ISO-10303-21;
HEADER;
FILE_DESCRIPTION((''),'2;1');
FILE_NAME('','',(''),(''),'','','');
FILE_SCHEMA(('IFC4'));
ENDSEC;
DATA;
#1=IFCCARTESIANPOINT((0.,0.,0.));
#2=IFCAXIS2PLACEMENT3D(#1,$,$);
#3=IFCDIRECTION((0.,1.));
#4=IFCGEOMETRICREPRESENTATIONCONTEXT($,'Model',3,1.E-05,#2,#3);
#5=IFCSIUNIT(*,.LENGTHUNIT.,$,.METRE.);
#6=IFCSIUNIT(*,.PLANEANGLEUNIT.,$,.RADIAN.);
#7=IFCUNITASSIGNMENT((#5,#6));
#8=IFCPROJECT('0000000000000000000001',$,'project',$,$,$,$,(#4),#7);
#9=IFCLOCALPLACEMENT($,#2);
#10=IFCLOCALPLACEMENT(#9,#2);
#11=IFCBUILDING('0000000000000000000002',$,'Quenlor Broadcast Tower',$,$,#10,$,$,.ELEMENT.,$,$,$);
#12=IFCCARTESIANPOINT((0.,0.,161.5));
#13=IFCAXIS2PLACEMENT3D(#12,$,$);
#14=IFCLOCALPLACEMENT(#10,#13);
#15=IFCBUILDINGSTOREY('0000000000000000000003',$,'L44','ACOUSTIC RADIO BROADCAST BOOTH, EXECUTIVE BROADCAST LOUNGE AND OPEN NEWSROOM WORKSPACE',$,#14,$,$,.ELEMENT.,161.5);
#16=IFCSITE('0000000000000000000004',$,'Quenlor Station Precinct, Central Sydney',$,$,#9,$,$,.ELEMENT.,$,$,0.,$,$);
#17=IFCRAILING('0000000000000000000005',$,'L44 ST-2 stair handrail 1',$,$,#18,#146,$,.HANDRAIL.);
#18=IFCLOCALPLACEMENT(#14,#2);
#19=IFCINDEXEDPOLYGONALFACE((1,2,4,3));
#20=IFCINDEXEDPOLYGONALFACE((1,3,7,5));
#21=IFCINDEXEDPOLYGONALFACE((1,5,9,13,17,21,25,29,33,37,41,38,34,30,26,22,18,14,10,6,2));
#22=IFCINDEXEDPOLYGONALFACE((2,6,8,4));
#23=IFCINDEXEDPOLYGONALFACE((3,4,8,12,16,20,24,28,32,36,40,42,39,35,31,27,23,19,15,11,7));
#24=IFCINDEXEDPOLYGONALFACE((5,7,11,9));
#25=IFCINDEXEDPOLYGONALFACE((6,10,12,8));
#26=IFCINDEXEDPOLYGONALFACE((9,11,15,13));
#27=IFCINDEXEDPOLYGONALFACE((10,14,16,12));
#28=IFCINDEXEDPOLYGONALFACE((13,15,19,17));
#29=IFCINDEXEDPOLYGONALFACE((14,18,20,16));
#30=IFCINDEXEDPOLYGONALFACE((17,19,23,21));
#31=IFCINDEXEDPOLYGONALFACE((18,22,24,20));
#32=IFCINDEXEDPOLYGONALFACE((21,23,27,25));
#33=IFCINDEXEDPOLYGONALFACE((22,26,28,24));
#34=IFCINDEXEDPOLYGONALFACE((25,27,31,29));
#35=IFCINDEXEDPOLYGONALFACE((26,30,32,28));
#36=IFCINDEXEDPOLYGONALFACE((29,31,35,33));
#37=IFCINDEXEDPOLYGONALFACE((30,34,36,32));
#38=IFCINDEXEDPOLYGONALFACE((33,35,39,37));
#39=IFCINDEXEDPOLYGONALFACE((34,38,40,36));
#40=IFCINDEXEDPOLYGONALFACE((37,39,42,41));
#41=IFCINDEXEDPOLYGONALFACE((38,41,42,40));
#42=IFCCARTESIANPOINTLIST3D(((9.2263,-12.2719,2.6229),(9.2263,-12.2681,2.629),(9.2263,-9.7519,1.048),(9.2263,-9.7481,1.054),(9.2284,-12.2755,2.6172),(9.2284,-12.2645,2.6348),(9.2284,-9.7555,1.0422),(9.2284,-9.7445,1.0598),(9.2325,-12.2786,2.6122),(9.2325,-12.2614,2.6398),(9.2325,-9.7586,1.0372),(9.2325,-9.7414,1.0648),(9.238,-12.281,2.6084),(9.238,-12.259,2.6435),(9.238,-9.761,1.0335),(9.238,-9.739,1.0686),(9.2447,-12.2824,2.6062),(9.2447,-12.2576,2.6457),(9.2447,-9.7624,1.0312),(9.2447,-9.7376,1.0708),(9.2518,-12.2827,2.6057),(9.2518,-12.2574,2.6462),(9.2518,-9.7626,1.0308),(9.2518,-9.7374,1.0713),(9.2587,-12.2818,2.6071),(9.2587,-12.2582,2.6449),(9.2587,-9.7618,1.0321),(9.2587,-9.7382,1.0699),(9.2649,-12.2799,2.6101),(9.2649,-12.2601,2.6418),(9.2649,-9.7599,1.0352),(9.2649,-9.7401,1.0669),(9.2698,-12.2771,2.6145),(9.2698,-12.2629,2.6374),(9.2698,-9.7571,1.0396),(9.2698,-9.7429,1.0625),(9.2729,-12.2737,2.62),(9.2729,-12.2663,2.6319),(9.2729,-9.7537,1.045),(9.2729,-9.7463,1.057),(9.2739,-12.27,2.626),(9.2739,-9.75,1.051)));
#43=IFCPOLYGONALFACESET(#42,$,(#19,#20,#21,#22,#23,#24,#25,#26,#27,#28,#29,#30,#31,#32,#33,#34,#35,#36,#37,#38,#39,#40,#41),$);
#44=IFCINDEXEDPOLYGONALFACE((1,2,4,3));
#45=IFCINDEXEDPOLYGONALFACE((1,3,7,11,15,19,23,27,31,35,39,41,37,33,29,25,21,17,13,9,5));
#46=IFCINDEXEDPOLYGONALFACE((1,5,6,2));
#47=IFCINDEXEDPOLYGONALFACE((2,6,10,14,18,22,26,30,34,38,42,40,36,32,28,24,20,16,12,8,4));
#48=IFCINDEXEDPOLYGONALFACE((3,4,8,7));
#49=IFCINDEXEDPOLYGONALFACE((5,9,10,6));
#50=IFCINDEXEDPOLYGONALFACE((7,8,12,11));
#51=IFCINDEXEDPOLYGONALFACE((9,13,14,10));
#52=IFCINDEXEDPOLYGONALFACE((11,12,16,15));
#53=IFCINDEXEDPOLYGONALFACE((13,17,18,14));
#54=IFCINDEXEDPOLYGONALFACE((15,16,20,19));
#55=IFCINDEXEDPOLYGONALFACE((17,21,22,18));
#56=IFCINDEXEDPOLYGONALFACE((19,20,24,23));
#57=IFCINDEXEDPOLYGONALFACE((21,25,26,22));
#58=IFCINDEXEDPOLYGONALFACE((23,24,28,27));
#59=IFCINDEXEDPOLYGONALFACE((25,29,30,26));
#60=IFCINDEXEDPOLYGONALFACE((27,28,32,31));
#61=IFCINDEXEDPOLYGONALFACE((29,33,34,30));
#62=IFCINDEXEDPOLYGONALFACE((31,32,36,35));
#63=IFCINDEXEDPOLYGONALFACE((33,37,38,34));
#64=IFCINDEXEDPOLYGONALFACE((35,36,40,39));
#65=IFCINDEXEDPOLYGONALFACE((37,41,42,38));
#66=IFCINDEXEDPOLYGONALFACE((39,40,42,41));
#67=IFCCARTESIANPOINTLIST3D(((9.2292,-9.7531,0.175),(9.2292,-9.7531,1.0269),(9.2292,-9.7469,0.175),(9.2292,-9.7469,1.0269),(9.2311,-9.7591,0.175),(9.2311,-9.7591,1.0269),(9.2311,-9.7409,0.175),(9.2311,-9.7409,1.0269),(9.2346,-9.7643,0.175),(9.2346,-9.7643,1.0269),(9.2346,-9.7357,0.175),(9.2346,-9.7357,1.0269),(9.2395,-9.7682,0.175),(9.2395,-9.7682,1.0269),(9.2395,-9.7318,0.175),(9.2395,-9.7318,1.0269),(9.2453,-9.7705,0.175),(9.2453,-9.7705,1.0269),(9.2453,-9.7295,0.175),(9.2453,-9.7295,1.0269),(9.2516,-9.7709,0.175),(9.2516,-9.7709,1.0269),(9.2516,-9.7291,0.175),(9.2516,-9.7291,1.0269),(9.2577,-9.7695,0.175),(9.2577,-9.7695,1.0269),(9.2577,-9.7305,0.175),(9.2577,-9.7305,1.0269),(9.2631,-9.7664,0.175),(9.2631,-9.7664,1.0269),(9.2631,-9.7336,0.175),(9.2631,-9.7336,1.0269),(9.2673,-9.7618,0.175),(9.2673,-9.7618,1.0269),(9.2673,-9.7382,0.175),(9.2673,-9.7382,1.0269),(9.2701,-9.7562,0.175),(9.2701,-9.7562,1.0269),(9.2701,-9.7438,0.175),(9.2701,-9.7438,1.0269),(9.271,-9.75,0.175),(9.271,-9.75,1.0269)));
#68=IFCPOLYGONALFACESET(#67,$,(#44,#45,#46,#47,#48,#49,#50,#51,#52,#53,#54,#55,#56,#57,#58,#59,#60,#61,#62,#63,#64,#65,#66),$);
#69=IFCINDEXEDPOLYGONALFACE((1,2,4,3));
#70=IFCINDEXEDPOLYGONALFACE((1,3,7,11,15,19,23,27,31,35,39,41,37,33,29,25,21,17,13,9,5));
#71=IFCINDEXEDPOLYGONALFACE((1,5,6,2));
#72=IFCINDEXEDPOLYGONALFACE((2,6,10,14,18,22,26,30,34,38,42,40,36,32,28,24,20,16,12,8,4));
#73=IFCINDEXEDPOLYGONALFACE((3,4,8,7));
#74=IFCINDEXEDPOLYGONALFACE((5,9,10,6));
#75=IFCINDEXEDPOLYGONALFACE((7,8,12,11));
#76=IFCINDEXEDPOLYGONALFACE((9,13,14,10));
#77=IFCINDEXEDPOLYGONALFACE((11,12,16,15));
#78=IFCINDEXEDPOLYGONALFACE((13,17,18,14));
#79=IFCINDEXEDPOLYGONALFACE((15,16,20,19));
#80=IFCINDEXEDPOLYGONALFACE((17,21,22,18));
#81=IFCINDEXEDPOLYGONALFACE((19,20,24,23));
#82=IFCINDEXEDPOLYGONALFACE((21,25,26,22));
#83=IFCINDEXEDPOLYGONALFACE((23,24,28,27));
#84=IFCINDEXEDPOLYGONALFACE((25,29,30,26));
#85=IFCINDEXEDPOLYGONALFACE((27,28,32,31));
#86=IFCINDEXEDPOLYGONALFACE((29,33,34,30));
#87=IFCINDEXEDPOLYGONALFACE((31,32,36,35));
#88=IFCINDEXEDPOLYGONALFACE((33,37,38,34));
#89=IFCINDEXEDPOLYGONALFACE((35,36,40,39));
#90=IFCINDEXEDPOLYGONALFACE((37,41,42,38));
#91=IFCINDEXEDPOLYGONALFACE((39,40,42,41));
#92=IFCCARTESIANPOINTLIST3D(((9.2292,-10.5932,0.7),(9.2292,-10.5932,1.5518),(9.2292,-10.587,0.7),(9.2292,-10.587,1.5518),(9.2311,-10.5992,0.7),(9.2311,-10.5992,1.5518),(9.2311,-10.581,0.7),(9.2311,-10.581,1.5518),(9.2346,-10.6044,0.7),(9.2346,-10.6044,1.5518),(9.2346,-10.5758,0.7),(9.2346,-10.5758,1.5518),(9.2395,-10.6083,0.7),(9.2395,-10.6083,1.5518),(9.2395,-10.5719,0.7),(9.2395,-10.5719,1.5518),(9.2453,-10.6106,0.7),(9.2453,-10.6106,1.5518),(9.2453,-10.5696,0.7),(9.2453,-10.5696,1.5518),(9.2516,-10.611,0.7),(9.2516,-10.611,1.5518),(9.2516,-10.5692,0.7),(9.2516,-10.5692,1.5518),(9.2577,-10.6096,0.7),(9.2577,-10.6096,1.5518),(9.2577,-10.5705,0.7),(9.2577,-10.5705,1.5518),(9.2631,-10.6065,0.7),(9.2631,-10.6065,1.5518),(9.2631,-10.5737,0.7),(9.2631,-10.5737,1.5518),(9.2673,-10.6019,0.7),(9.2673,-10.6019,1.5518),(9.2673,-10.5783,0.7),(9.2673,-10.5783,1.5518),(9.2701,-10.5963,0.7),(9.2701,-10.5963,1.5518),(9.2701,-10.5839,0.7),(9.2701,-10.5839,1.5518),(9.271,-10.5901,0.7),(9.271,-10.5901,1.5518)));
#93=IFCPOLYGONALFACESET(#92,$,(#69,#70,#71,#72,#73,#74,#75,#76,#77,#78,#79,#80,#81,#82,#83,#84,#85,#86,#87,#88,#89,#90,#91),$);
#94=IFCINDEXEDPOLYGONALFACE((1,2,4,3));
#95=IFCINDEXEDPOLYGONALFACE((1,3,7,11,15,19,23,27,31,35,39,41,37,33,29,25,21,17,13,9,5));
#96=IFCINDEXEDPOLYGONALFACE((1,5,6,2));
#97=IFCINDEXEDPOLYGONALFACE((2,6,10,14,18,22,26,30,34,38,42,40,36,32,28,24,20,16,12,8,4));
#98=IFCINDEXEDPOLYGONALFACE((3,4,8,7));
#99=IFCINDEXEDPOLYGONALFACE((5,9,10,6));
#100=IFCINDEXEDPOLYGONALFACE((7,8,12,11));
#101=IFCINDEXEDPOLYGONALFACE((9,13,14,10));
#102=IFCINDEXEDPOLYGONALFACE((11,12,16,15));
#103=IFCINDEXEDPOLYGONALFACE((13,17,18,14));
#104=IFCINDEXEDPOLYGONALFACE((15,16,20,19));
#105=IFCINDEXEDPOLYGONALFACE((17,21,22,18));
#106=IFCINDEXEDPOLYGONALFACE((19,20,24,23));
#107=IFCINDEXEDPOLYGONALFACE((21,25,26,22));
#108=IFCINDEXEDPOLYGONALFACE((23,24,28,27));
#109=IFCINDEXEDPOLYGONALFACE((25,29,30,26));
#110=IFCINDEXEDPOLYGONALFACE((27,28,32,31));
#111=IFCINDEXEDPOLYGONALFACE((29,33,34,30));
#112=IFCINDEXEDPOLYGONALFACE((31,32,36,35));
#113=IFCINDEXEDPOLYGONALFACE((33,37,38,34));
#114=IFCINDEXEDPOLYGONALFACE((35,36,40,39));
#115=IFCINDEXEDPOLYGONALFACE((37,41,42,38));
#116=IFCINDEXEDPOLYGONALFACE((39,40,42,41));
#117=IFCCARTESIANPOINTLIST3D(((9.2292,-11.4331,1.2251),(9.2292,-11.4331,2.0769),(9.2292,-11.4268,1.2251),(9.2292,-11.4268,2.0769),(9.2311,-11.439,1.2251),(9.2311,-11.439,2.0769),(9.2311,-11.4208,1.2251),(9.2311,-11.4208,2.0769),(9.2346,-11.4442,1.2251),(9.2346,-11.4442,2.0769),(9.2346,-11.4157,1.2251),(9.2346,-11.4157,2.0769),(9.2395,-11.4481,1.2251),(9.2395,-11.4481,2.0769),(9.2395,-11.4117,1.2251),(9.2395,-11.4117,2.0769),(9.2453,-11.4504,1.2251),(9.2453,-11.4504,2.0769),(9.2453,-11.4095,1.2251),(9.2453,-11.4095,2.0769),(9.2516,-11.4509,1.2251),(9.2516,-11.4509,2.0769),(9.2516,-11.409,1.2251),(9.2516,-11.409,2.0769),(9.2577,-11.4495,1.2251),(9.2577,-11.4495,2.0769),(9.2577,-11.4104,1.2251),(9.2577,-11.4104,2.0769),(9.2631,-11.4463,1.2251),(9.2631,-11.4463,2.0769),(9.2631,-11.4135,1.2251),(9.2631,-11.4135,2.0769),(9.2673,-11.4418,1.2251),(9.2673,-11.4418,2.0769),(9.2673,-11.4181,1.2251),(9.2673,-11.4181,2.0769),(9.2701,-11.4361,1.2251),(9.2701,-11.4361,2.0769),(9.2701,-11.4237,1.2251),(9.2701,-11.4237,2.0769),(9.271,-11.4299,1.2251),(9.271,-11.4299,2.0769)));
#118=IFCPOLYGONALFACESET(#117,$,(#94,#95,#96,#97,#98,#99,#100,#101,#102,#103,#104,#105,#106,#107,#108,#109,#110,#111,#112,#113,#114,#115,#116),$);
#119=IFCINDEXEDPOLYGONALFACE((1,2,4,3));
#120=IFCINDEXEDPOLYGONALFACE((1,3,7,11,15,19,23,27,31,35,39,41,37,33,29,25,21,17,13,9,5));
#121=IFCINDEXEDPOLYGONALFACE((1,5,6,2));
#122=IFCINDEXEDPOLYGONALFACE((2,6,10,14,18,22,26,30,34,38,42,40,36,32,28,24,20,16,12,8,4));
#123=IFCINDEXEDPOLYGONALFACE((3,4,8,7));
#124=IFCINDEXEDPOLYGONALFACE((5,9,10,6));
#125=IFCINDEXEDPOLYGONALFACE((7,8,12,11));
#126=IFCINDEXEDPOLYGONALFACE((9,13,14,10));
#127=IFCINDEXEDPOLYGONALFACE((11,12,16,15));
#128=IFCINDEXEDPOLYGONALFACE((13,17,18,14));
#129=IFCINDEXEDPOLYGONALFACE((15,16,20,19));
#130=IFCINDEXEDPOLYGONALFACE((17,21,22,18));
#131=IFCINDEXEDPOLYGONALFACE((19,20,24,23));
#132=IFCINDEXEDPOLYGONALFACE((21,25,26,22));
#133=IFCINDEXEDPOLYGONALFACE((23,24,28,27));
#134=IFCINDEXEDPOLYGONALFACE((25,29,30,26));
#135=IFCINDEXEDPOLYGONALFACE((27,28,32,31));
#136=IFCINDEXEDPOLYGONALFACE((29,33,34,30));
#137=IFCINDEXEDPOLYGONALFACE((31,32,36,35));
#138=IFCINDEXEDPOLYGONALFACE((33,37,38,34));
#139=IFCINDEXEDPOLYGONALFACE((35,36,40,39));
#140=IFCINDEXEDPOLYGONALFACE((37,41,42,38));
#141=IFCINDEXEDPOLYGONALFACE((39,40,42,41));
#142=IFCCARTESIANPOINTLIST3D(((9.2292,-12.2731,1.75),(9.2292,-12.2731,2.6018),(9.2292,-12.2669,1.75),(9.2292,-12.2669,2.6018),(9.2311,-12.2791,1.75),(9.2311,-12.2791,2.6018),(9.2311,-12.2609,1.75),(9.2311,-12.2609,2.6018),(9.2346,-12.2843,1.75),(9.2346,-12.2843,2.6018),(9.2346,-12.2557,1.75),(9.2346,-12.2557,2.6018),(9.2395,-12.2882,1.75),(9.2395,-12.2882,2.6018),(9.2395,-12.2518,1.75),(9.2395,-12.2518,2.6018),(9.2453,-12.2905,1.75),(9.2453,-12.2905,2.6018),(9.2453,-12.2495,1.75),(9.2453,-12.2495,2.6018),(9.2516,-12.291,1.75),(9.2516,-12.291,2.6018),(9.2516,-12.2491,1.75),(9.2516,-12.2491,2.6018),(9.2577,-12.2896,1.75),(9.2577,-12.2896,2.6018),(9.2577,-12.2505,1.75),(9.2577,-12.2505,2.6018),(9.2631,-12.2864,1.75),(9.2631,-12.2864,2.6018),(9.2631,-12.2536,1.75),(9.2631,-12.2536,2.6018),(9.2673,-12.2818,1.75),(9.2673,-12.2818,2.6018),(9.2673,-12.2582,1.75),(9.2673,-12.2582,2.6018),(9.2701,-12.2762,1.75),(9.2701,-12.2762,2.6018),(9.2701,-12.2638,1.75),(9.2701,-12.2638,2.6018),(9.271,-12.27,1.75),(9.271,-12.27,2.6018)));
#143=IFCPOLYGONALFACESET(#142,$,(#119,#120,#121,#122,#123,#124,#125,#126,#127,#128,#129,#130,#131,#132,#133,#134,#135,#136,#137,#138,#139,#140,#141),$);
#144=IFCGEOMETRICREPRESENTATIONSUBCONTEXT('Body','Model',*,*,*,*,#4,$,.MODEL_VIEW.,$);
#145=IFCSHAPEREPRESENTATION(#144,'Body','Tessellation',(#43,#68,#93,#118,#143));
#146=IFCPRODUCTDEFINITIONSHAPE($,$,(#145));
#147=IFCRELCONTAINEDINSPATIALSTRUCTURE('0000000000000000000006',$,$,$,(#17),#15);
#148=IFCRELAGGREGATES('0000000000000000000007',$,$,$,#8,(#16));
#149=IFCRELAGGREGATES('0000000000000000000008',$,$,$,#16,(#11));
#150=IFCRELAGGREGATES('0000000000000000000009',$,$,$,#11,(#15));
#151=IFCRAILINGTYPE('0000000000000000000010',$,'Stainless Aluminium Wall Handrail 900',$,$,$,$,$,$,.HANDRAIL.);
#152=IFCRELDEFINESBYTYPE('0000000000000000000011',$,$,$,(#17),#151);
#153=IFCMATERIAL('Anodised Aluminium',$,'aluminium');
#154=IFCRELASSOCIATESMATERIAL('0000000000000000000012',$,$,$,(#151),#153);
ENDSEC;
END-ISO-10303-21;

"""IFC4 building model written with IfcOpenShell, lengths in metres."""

from ifc_helpers import new_model, si_unit, direction, frame, origin, origin_2d, place, context, subcontext, project, spatial, circle, extrude, material, type_object, element, save


model = new_model("IFC4")

# Units and contexts
model_context = context("Model", 3, precision=1e-05, world=origin(), true_north=direction((0.0, 1.0)))
body_context = subcontext(model_context, "Body", "Model", "MODEL_VIEW")
ifc_project = project(units=[si_unit("LENGTHUNIT", "METRE"), si_unit("PLANEANGLEUNIT", "RADIAN")], contexts=[model_context])

# Site, building, storey
site_placement = place(None, origin())
site = spatial("IfcSite", under=ifc_project, at=site_placement, Name="Quenlor Station Precinct, Central Sydney", CompositionType="ELEMENT", RefElevation=0.0)
building_placement = place(site_placement, origin())
building = spatial("IfcBuilding", under=site, at=building_placement, Name="Quenlor Broadcast Tower", CompositionType="ELEMENT")
storey_placement = place(building_placement, frame((0.0, 0.0, 161.5)))
storey = spatial("IfcBuildingStorey", under=building, at=storey_placement, Name="L44", Description="ACOUSTIC RADIO BROADCAST BOOTH, EXECUTIVE BROADCAST LOUNGE AND OPEN NEWSROOM WORKSPACE", CompositionType="ELEMENT", Elevation=161.5)

# Railing
ifc_material_1 = material(Name="Anodised Aluminium", Category="aluminium")
railing_type_1 = type_object("IfcRailingType", Name="Stainless Aluminium Wall Handrail 900", PredefinedType="HANDRAIL", material=ifc_material_1)
railing_1_placement = place(storey_placement, frame((9.25, -9.75, 0.175)))
element("IfcRailing", 1, at=railing_1_placement, inside=storey, type_object=railing_type_1, Name="L44 ST-2 stair handrail 1", PredefinedType="HANDRAIL", context=body_context, shape_type="SweptSolid", body=[
    extrude(circle(Radius=0.0239, at=origin_2d()), frame((0.0, 0.0, 0.876), z_axis=(0.0, -0.848008, 0.529984), x_axis=(1.0, 0.0, 0.0)), (0.0, 0.0, 1.0), 2.9717),
    extrude(circle(Radius=0.021, at=origin_2d()), origin(), (0.0, 0.0, 1.0), 0.8518),
    extrude(circle(Radius=0.021, at=origin_2d()), frame((0.0, -0.8401, 0.5249)), (0.0, 0.0, 1.0), 0.8518),
    extrude(circle(Radius=0.021, at=origin_2d()), frame((0.0, -1.6799, 1.05)), (0.0, 0.0, 1.0), 0.8518),
    extrude(circle(Radius=0.021, at=origin_2d()), frame((0.0, -2.52, 1.575)), (0.0, 0.0, 1.0), 0.8518),
])

save(model, "model.ifc")
